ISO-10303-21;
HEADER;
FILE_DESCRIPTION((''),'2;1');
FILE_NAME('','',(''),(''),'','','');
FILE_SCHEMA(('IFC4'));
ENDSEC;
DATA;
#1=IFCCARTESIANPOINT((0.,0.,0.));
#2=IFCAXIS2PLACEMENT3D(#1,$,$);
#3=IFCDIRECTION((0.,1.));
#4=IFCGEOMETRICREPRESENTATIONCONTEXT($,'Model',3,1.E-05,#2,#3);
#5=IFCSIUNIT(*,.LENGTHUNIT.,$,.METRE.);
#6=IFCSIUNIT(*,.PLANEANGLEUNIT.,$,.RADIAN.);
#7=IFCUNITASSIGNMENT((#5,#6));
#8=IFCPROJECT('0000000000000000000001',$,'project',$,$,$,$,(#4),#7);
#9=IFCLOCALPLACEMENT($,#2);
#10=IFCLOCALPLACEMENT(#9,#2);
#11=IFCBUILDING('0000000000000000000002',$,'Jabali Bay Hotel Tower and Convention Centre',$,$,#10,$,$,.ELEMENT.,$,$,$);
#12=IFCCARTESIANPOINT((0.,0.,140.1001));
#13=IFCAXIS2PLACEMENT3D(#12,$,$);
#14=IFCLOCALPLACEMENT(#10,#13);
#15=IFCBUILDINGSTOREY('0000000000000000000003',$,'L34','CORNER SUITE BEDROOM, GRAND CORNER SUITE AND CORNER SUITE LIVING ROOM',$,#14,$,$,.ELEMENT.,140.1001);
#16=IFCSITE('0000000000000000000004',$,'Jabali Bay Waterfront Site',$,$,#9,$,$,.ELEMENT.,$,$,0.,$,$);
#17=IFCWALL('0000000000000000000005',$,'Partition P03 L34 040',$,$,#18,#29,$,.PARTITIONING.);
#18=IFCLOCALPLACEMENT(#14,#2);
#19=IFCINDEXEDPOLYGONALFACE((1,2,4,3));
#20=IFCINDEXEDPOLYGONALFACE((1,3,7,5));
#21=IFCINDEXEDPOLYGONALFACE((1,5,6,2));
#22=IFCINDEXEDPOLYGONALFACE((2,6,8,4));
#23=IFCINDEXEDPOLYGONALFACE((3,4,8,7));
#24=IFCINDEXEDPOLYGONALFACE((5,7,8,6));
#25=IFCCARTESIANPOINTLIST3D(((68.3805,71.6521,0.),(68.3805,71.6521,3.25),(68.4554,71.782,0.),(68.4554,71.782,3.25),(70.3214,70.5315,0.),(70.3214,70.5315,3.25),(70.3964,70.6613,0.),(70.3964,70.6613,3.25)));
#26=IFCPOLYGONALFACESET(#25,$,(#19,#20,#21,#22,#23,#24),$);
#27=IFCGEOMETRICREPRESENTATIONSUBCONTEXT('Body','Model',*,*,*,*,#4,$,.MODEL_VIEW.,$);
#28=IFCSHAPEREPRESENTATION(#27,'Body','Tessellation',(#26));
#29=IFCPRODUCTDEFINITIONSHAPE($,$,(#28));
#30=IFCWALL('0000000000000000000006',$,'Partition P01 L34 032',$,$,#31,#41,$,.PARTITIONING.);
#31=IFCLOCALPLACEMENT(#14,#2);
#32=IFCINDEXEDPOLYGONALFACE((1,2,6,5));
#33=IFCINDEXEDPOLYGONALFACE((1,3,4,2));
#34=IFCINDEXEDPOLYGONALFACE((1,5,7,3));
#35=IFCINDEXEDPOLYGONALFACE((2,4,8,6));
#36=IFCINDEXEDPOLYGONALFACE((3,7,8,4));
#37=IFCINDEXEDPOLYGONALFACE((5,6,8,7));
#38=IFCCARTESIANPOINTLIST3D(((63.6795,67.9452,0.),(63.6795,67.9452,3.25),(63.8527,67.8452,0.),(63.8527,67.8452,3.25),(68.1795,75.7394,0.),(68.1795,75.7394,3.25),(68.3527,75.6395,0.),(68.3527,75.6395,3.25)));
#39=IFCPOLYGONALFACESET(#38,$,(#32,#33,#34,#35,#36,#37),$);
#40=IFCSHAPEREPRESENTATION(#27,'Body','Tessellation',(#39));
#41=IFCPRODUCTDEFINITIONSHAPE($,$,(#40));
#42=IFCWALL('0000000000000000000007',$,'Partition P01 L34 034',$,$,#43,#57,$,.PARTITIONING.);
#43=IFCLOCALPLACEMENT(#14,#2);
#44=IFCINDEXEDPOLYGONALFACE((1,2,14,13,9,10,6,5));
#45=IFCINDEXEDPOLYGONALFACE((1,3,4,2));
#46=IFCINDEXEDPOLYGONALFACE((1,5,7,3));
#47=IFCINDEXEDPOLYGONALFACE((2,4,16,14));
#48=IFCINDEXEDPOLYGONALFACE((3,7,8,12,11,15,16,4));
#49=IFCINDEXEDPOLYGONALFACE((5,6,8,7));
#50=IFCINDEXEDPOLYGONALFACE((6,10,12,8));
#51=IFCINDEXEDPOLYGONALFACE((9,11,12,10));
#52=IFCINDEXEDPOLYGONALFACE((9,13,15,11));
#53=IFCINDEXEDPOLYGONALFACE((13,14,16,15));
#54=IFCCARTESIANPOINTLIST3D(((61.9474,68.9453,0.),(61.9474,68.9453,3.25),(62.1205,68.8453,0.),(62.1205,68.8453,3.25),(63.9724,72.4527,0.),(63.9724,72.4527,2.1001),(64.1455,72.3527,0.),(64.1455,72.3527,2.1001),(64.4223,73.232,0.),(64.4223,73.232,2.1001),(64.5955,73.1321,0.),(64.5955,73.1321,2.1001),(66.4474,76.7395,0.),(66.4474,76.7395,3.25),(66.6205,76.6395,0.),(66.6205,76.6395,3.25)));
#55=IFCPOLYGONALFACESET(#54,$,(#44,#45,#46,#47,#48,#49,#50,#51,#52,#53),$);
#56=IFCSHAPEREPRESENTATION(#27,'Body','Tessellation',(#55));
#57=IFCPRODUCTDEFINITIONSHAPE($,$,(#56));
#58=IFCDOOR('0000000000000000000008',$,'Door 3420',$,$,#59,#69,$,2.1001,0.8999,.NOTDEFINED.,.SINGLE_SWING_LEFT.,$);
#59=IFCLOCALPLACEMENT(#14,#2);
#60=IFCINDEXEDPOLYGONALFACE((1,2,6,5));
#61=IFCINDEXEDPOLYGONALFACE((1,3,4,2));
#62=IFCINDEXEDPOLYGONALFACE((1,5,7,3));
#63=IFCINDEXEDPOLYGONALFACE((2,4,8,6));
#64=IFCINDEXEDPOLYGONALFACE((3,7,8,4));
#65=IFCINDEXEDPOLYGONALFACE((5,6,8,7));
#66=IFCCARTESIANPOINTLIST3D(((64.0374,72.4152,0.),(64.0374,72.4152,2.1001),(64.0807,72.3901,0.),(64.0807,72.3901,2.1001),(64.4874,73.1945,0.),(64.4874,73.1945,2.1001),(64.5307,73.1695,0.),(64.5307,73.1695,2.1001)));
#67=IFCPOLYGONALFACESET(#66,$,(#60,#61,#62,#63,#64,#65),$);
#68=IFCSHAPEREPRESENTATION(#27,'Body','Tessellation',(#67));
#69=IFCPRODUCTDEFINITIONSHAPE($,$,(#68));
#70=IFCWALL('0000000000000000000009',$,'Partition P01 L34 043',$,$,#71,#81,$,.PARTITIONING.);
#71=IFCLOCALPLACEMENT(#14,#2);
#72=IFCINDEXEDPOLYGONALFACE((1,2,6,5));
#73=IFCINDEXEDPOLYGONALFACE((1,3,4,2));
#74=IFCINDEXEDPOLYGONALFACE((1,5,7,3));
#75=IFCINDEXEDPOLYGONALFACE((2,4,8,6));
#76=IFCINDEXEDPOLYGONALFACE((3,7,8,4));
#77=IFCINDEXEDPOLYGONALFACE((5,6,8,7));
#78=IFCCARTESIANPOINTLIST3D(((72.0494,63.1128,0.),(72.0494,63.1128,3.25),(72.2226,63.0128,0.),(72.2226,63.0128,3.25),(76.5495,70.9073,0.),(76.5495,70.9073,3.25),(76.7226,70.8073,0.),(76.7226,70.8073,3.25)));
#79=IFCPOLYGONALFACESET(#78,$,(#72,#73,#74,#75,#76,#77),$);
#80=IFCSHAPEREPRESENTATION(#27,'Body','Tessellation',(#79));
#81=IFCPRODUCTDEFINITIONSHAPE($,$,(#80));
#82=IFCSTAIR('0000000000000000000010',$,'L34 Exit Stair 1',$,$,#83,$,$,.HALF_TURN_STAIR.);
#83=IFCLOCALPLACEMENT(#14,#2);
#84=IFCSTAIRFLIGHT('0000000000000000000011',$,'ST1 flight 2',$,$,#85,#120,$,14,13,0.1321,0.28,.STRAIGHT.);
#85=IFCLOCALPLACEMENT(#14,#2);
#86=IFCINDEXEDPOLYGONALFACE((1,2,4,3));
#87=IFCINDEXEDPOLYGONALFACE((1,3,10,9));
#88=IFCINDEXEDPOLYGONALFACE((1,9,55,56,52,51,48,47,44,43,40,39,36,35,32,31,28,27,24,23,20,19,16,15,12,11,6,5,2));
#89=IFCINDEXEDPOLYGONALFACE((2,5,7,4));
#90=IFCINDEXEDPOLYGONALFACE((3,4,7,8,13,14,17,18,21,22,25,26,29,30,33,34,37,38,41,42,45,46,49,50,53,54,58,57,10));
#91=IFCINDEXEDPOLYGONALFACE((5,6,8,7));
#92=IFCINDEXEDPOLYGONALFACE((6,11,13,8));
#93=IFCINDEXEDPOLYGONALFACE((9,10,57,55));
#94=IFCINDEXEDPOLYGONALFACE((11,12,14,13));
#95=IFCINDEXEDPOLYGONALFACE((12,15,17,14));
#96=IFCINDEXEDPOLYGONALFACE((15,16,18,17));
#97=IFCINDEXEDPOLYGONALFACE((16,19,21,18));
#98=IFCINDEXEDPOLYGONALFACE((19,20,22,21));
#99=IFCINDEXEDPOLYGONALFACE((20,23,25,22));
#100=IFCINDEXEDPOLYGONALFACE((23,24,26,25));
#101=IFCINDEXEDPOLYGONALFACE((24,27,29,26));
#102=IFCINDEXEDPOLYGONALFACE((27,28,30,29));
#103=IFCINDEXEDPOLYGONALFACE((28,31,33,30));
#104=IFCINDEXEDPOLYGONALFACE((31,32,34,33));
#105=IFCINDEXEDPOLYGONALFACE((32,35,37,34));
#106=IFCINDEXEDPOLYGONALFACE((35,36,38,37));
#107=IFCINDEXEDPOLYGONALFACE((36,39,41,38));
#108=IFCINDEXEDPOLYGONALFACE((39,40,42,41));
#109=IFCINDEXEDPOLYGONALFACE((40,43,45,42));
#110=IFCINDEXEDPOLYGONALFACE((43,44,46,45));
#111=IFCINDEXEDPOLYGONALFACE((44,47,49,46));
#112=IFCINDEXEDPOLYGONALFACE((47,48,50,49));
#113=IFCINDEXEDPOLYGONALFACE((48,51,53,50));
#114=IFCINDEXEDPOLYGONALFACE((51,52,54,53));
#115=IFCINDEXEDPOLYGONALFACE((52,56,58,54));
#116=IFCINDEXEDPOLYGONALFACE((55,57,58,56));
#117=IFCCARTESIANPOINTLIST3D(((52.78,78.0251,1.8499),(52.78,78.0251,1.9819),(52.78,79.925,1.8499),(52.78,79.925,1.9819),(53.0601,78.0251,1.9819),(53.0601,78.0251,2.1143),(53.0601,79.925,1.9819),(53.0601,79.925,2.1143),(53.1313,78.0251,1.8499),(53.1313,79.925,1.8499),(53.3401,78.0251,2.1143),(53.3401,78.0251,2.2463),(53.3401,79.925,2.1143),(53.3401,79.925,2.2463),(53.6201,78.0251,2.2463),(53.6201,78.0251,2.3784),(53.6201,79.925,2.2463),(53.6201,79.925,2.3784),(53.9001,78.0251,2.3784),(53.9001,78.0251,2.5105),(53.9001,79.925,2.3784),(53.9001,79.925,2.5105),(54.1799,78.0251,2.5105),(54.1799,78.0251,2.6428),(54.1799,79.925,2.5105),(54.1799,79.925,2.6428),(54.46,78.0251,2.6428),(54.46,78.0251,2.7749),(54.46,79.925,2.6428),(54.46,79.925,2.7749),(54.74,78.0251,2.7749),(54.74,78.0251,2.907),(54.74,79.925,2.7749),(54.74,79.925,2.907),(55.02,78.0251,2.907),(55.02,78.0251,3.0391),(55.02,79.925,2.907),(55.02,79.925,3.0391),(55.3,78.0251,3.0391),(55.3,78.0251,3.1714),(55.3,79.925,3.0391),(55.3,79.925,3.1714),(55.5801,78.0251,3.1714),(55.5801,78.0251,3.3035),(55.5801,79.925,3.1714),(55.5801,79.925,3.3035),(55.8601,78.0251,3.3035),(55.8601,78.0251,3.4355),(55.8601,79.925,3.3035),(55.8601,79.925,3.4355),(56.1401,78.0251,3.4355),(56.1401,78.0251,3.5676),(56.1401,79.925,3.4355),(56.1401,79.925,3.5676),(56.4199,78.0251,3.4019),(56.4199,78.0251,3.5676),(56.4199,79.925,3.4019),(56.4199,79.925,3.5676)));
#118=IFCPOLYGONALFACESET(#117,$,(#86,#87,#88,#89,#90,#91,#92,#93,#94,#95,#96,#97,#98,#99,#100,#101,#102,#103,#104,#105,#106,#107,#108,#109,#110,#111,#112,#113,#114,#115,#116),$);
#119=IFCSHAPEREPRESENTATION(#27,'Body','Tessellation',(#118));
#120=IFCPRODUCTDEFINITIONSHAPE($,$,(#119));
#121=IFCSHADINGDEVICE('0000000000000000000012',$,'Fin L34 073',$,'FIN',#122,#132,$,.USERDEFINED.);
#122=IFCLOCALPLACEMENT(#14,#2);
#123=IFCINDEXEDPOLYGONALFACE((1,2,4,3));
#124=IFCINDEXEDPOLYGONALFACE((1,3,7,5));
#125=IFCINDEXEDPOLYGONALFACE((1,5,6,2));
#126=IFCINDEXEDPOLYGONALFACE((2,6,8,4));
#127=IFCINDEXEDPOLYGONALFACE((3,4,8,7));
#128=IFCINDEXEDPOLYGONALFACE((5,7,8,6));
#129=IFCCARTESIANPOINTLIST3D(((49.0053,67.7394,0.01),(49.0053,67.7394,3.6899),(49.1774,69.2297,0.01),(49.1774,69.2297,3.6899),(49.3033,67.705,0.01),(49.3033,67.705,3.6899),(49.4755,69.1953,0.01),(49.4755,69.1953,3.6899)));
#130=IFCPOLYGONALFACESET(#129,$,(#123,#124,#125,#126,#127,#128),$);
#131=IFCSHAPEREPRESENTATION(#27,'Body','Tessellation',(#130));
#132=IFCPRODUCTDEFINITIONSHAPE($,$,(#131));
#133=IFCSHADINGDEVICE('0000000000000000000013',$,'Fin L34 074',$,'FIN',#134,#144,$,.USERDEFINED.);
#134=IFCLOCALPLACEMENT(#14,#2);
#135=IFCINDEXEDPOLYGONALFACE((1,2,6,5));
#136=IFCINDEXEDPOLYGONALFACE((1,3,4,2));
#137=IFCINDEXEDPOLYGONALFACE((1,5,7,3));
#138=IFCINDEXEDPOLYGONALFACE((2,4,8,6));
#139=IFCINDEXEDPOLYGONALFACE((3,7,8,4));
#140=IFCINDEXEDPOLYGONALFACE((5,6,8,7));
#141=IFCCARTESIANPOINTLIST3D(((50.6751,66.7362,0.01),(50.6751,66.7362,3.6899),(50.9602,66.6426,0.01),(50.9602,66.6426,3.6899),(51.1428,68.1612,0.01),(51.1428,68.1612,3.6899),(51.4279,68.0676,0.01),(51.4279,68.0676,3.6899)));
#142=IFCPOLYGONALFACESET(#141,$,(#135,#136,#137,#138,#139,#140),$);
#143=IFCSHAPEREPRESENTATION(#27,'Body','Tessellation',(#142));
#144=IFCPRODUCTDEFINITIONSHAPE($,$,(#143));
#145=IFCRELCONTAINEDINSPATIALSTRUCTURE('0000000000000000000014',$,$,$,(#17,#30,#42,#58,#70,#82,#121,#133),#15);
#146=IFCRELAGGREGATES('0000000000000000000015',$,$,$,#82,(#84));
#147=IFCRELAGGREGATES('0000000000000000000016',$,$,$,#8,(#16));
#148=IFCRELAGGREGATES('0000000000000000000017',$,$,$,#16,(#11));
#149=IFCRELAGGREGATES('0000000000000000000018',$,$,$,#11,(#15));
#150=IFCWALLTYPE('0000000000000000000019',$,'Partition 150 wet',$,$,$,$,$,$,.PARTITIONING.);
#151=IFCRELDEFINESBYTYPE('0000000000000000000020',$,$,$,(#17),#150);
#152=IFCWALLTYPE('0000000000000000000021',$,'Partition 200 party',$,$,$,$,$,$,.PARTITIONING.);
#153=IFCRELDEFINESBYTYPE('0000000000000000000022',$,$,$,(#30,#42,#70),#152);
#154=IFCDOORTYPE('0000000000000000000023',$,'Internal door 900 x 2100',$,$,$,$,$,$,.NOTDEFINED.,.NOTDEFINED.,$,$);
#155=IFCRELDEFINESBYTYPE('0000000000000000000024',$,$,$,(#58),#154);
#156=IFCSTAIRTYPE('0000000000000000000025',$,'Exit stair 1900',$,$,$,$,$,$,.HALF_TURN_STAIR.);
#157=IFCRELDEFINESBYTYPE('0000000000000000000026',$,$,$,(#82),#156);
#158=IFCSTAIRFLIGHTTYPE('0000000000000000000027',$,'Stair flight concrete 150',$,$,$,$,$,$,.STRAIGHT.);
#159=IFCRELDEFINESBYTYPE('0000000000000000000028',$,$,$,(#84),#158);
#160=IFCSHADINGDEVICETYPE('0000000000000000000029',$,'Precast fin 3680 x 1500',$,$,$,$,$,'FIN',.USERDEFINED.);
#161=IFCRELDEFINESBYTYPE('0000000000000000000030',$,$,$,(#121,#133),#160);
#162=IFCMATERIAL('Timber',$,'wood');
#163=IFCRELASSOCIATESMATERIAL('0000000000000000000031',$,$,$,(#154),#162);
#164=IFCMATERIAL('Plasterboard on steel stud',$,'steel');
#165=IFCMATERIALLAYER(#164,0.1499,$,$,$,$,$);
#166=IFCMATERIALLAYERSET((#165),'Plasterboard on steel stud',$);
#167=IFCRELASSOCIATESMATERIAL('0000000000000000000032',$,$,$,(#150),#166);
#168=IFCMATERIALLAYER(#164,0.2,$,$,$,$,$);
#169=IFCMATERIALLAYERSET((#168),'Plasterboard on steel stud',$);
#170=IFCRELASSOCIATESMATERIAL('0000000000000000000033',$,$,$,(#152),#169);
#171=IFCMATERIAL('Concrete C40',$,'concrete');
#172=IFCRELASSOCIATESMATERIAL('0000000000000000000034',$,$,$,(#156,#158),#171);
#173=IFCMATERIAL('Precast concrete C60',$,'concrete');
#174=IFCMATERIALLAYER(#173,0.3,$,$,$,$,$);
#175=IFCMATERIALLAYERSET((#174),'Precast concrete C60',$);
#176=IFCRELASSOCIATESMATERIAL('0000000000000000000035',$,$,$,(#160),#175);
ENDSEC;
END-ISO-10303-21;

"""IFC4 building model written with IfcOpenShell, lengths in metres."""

from ifc_helpers import new_model, si_unit, direction, frame, frame_2d, origin, place, context, subcontext, project, spatial, polyline, rectangle, outline, extrude, material, layer, layer_set, type_object, element, fill, aggregate, save


model = new_model("IFC4")

# Units and contexts
model_context = context("Model", 3, precision=1e-05, world=origin(), true_north=direction((0.0, 1.0)))
body_context = subcontext(model_context, "Body", "Model", "MODEL_VIEW")
ifc_project = project(units=[si_unit("LENGTHUNIT", "METRE"), si_unit("PLANEANGLEUNIT", "RADIAN")], contexts=[model_context])

# Site, building, storey
site_placement = place(None, origin())
site = spatial("IfcSite", under=ifc_project, at=site_placement, Name="Jabali Bay Waterfront Site", CompositionType="ELEMENT", RefElevation=0.0)
building_placement = place(site_placement, origin())
building = spatial("IfcBuilding", under=site, at=building_placement, Name="Jabali Bay Hotel Tower and Convention Centre", CompositionType="ELEMENT")
storey_placement = place(building_placement, frame((0.0, 0.0, 140.1001)))
storey = spatial("IfcBuildingStorey", under=building, at=storey_placement, Name="L34", Description="CORNER SUITE BEDROOM, GRAND CORNER SUITE AND CORNER SUITE LIVING ROOM", CompositionType="ELEMENT", Elevation=140.1001)

# Shared definitions
ifc_material_1 = material(Name="Concrete C40", Category="concrete")

# Shared definitions
ifc_material_2 = material(Name="Timber", Category="wood")

# Shared definitions
ifc_material_3 = material(Name="Plasterboard on steel stud", Category="steel")
door_type_1 = type_object("IfcDoorType", Name="Internal door 900 x 2100", OperationType="NOTDEFINED", PredefinedType="NOTDEFINED", material=ifc_material_2)
ifc_layer_1 = layer(ifc_material_3, 0.1499)
ifc_layer_set_1 = layer_set([ifc_layer_1], Name="Plasterboard on steel stud")
wall_type_1 = type_object("IfcWallType", Name="Partition 150 wet", PredefinedType="PARTITIONING", material=ifc_layer_set_1)

# Walls
wall_1_placement = place(storey_placement, frame((70.3589, 70.5964, 0.0), z_axis=(0.0, 0.0, 1.0), x_axis=(-0.866022, 0.500005, 0.0)))
element("IfcWall", 1, at=wall_1_placement, inside=storey, type_object=wall_type_1, Name="Partition P03 L34 040", PredefinedType="PARTITIONING", context=body_context, shape_type="SweptSolid", body=[
    extrude(rectangle(XDim=2.2412, YDim=0.1499, at=frame_2d((1.1206, 0.0))), origin(), (0.0, 0.0, 1.0), 3.25),
])
ifc_layer_2 = layer(ifc_material_3, 0.2)
ifc_layer_set_2 = layer_set([ifc_layer_2], Name="Plasterboard on steel stud")
wall_type_2 = type_object("IfcWallType", Name="Partition 200 party", PredefinedType="PARTITIONING", material=ifc_layer_set_2)
wall_2_placement = place(storey_placement, frame((68.2661, 75.6895, 0.0), z_axis=(0.0, 0.0, 1.0), x_axis=(-0.500002, -0.866024, 0.0)))
element("IfcWall", 2, at=wall_2_placement, inside=storey, type_object=wall_type_2, Name="Partition P01 L34 032", PredefinedType="PARTITIONING", context=body_context, shape_type="SweptSolid", body=[
    extrude(rectangle(XDim=9.0, YDim=0.2, at=frame_2d((4.5, 0.0))), origin(), (0.0, 0.0, 1.0), 3.25),
])

# Wall, opening, door
wall_3_placement = place(storey_placement, frame((62.0339, 68.8953, 0.0), z_axis=(0.0, 0.0, 1.0), x_axis=(0.500002, 0.866024, 0.0)))
wall_3 = element("IfcWall", 3, at=wall_3_placement, inside=storey, type_object=wall_type_2, Name="Partition P01 L34 034", PredefinedType="PARTITIONING", context=body_context, shape_type="SweptSolid", body=[
    extrude(rectangle(XDim=9.0, YDim=0.2, at=frame_2d((4.5, 0.0))), origin(), (0.0, 0.0, 1.0), 3.25),
])
opening_1_placement = place(wall_3_placement, frame((4.05, 0.0, 0.0)))
opening_1 = element("IfcOpeningElement", 4, at=opening_1_placement, cuts=wall_3, PredefinedType="OPENING", context=body_context, shape_type="SweptSolid", body=[
    extrude(rectangle(XDim=0.8999, YDim=2.1001, at=frame_2d((0.45, 1.05))), frame((0.0, 0.1104, 0.0), z_axis=(0.0, -1.0, 0.0), x_axis=(1.0, 0.0, 0.0)), (0.0, 0.0, 1.0), 0.2209),
])
door_1_placement = place(opening_1_placement, origin())
door_1 = element("IfcDoor", 5, at=door_1_placement, inside=storey, type_object=door_type_1, Name="Door 3420", OperationType="SINGLE_SWING_LEFT", OverallHeight=2.1001, OverallWidth=0.8999, PredefinedType="NOTDEFINED", context=body_context, shape_type="SweptSolid", body=[
    extrude(rectangle(XDim=0.8999, YDim=2.1001, at=frame_2d((0.45, 1.05))), frame((0.0, 0.0249, 0.0), z_axis=(0.0, -1.0, 0.0), x_axis=(1.0, 0.0, 0.0)), (0.0, 0.0, 1.0), 0.05),
])
fill(opening_1, door_1)

# Wall
wall_4_placement = place(storey_placement, frame((76.636, 70.8572, 0.0), z_axis=(0.0, 0.0, 1.0), x_axis=(-0.49999, -0.866031, 0.0)))
element("IfcWall", 6, at=wall_4_placement, inside=storey, type_object=wall_type_2, Name="Partition P01 L34 043", PredefinedType="PARTITIONING", context=body_context, shape_type="SweptSolid", body=[
    extrude(rectangle(XDim=9.0002, YDim=0.2, at=frame_2d((4.5, 0.0))), origin(), (0.0, 0.0, 1.0), 3.25),
])

# Stair, stair flight
stair_type = type_object("IfcStairType", Name="Exit stair 1900", PredefinedType="HALF_TURN_STAIR", material=ifc_material_1)
stair_placement = place(storey_placement, origin())
stair = element("IfcStair", 7, at=stair_placement, inside=storey, type_object=stair_type, Name="L34 Exit Stair 1", PredefinedType="HALF_TURN_STAIR")
stair_flight_type = type_object("IfcStairFlightType", Name="Stair flight concrete 150", PredefinedType="STRAIGHT", material=ifc_material_1)
stair_flight_placement = place(storey_placement, frame((52.78, 78.9751, 1.8499), z_axis=(0.0, 0.0, 1.0), x_axis=(1.0, 0.0, 0.0)))
stair_flight = element("IfcStairFlight", 8, at=stair_flight_placement, type_object=stair_flight_type, Name="ST1 flight 2", NumberOfRisers=14, NumberOfTreads=13, PredefinedType="STRAIGHT", RiserHeight=0.1321, TreadLength=0.28, context=body_context, shape_type="SweptSolid", body=[
    extrude(outline(polyline([(0.0, 0.0), (0.0, 0.1321), (0.28, 0.1321), (0.28, 0.2644), (0.5601, 0.2644), (0.5601, 0.3965), (0.8401, 0.3965), (0.8401, 0.5286), (1.1201, 0.5286), (1.1201, 0.6606), (1.3999, 0.6606), (1.3999, 0.793), (1.6799, 0.793), (1.6799, 0.925), (1.96, 0.925), (1.96, 1.0571), (2.24, 1.0571), (2.24, 1.1892), (2.52, 1.1892), (2.52, 1.3215), (2.8, 1.3215), (2.8, 1.4536), (3.0801, 1.4536), (3.0801, 1.5857), (3.3601, 1.5857), (3.3601, 1.7178), (3.6399, 1.7178), (3.6399, 1.8501), (3.6399, 1.552), (0.3513, 0.0), (0.0, 0.0)])), frame((0.0, 0.95, 0.0), z_axis=(0.0, -1.0, 0.0), x_axis=(1.0, 0.0, 0.0)), (0.0, 0.0, 1.0), 1.8999),
])
aggregate(stair, [stair_flight])

# Shading devices
ifc_material_4 = material(Name="Precast concrete C60", Category="concrete")
ifc_layer_3 = layer(ifc_material_4, 0.3)
ifc_layer_set_3 = layer_set([ifc_layer_3], Name="Precast concrete C60")
shading_device_type = type_object("IfcShadingDeviceType", Name="Precast fin 3680 x 1500", ElementType="FIN", PredefinedType="USERDEFINED", material=ifc_layer_set_3)
shading_device_1_placement = place(storey_placement, frame((49.3264, 69.2124, 0.01), z_axis=(0.0, 0.0, 1.0), x_axis=(-0.114735, -0.993396, 0.0)))
element("IfcShadingDevice", 9, at=shading_device_1_placement, inside=storey, type_object=shading_device_type, Name="Fin L34 073", ObjectType="FIN", PredefinedType="USERDEFINED", context=body_context, shape_type="SweptSolid", body=[
    extrude(rectangle(XDim=1.5002, YDim=0.3, at=frame_2d((0.75, 0.0))), origin(), (0.0, 0.0, 1.0), 3.6799),
])
shading_device_2_placement = place(storey_placement, frame((51.2854, 68.1145, 0.01), z_axis=(0.0, 0.0, 1.0), x_axis=(-0.311878, -0.950122, 0.0)))
element("IfcShadingDevice", 10, at=shading_device_2_placement, inside=storey, type_object=shading_device_type, Name="Fin L34 074", ObjectType="FIN", PredefinedType="USERDEFINED", context=body_context, shape_type="SweptSolid", body=[
    extrude(rectangle(XDim=1.4998, YDim=0.3, at=frame_2d((0.75, 0.0))), origin(), (0.0, 0.0, 1.0), 3.6799),
])

save(model, "model.ifc")
